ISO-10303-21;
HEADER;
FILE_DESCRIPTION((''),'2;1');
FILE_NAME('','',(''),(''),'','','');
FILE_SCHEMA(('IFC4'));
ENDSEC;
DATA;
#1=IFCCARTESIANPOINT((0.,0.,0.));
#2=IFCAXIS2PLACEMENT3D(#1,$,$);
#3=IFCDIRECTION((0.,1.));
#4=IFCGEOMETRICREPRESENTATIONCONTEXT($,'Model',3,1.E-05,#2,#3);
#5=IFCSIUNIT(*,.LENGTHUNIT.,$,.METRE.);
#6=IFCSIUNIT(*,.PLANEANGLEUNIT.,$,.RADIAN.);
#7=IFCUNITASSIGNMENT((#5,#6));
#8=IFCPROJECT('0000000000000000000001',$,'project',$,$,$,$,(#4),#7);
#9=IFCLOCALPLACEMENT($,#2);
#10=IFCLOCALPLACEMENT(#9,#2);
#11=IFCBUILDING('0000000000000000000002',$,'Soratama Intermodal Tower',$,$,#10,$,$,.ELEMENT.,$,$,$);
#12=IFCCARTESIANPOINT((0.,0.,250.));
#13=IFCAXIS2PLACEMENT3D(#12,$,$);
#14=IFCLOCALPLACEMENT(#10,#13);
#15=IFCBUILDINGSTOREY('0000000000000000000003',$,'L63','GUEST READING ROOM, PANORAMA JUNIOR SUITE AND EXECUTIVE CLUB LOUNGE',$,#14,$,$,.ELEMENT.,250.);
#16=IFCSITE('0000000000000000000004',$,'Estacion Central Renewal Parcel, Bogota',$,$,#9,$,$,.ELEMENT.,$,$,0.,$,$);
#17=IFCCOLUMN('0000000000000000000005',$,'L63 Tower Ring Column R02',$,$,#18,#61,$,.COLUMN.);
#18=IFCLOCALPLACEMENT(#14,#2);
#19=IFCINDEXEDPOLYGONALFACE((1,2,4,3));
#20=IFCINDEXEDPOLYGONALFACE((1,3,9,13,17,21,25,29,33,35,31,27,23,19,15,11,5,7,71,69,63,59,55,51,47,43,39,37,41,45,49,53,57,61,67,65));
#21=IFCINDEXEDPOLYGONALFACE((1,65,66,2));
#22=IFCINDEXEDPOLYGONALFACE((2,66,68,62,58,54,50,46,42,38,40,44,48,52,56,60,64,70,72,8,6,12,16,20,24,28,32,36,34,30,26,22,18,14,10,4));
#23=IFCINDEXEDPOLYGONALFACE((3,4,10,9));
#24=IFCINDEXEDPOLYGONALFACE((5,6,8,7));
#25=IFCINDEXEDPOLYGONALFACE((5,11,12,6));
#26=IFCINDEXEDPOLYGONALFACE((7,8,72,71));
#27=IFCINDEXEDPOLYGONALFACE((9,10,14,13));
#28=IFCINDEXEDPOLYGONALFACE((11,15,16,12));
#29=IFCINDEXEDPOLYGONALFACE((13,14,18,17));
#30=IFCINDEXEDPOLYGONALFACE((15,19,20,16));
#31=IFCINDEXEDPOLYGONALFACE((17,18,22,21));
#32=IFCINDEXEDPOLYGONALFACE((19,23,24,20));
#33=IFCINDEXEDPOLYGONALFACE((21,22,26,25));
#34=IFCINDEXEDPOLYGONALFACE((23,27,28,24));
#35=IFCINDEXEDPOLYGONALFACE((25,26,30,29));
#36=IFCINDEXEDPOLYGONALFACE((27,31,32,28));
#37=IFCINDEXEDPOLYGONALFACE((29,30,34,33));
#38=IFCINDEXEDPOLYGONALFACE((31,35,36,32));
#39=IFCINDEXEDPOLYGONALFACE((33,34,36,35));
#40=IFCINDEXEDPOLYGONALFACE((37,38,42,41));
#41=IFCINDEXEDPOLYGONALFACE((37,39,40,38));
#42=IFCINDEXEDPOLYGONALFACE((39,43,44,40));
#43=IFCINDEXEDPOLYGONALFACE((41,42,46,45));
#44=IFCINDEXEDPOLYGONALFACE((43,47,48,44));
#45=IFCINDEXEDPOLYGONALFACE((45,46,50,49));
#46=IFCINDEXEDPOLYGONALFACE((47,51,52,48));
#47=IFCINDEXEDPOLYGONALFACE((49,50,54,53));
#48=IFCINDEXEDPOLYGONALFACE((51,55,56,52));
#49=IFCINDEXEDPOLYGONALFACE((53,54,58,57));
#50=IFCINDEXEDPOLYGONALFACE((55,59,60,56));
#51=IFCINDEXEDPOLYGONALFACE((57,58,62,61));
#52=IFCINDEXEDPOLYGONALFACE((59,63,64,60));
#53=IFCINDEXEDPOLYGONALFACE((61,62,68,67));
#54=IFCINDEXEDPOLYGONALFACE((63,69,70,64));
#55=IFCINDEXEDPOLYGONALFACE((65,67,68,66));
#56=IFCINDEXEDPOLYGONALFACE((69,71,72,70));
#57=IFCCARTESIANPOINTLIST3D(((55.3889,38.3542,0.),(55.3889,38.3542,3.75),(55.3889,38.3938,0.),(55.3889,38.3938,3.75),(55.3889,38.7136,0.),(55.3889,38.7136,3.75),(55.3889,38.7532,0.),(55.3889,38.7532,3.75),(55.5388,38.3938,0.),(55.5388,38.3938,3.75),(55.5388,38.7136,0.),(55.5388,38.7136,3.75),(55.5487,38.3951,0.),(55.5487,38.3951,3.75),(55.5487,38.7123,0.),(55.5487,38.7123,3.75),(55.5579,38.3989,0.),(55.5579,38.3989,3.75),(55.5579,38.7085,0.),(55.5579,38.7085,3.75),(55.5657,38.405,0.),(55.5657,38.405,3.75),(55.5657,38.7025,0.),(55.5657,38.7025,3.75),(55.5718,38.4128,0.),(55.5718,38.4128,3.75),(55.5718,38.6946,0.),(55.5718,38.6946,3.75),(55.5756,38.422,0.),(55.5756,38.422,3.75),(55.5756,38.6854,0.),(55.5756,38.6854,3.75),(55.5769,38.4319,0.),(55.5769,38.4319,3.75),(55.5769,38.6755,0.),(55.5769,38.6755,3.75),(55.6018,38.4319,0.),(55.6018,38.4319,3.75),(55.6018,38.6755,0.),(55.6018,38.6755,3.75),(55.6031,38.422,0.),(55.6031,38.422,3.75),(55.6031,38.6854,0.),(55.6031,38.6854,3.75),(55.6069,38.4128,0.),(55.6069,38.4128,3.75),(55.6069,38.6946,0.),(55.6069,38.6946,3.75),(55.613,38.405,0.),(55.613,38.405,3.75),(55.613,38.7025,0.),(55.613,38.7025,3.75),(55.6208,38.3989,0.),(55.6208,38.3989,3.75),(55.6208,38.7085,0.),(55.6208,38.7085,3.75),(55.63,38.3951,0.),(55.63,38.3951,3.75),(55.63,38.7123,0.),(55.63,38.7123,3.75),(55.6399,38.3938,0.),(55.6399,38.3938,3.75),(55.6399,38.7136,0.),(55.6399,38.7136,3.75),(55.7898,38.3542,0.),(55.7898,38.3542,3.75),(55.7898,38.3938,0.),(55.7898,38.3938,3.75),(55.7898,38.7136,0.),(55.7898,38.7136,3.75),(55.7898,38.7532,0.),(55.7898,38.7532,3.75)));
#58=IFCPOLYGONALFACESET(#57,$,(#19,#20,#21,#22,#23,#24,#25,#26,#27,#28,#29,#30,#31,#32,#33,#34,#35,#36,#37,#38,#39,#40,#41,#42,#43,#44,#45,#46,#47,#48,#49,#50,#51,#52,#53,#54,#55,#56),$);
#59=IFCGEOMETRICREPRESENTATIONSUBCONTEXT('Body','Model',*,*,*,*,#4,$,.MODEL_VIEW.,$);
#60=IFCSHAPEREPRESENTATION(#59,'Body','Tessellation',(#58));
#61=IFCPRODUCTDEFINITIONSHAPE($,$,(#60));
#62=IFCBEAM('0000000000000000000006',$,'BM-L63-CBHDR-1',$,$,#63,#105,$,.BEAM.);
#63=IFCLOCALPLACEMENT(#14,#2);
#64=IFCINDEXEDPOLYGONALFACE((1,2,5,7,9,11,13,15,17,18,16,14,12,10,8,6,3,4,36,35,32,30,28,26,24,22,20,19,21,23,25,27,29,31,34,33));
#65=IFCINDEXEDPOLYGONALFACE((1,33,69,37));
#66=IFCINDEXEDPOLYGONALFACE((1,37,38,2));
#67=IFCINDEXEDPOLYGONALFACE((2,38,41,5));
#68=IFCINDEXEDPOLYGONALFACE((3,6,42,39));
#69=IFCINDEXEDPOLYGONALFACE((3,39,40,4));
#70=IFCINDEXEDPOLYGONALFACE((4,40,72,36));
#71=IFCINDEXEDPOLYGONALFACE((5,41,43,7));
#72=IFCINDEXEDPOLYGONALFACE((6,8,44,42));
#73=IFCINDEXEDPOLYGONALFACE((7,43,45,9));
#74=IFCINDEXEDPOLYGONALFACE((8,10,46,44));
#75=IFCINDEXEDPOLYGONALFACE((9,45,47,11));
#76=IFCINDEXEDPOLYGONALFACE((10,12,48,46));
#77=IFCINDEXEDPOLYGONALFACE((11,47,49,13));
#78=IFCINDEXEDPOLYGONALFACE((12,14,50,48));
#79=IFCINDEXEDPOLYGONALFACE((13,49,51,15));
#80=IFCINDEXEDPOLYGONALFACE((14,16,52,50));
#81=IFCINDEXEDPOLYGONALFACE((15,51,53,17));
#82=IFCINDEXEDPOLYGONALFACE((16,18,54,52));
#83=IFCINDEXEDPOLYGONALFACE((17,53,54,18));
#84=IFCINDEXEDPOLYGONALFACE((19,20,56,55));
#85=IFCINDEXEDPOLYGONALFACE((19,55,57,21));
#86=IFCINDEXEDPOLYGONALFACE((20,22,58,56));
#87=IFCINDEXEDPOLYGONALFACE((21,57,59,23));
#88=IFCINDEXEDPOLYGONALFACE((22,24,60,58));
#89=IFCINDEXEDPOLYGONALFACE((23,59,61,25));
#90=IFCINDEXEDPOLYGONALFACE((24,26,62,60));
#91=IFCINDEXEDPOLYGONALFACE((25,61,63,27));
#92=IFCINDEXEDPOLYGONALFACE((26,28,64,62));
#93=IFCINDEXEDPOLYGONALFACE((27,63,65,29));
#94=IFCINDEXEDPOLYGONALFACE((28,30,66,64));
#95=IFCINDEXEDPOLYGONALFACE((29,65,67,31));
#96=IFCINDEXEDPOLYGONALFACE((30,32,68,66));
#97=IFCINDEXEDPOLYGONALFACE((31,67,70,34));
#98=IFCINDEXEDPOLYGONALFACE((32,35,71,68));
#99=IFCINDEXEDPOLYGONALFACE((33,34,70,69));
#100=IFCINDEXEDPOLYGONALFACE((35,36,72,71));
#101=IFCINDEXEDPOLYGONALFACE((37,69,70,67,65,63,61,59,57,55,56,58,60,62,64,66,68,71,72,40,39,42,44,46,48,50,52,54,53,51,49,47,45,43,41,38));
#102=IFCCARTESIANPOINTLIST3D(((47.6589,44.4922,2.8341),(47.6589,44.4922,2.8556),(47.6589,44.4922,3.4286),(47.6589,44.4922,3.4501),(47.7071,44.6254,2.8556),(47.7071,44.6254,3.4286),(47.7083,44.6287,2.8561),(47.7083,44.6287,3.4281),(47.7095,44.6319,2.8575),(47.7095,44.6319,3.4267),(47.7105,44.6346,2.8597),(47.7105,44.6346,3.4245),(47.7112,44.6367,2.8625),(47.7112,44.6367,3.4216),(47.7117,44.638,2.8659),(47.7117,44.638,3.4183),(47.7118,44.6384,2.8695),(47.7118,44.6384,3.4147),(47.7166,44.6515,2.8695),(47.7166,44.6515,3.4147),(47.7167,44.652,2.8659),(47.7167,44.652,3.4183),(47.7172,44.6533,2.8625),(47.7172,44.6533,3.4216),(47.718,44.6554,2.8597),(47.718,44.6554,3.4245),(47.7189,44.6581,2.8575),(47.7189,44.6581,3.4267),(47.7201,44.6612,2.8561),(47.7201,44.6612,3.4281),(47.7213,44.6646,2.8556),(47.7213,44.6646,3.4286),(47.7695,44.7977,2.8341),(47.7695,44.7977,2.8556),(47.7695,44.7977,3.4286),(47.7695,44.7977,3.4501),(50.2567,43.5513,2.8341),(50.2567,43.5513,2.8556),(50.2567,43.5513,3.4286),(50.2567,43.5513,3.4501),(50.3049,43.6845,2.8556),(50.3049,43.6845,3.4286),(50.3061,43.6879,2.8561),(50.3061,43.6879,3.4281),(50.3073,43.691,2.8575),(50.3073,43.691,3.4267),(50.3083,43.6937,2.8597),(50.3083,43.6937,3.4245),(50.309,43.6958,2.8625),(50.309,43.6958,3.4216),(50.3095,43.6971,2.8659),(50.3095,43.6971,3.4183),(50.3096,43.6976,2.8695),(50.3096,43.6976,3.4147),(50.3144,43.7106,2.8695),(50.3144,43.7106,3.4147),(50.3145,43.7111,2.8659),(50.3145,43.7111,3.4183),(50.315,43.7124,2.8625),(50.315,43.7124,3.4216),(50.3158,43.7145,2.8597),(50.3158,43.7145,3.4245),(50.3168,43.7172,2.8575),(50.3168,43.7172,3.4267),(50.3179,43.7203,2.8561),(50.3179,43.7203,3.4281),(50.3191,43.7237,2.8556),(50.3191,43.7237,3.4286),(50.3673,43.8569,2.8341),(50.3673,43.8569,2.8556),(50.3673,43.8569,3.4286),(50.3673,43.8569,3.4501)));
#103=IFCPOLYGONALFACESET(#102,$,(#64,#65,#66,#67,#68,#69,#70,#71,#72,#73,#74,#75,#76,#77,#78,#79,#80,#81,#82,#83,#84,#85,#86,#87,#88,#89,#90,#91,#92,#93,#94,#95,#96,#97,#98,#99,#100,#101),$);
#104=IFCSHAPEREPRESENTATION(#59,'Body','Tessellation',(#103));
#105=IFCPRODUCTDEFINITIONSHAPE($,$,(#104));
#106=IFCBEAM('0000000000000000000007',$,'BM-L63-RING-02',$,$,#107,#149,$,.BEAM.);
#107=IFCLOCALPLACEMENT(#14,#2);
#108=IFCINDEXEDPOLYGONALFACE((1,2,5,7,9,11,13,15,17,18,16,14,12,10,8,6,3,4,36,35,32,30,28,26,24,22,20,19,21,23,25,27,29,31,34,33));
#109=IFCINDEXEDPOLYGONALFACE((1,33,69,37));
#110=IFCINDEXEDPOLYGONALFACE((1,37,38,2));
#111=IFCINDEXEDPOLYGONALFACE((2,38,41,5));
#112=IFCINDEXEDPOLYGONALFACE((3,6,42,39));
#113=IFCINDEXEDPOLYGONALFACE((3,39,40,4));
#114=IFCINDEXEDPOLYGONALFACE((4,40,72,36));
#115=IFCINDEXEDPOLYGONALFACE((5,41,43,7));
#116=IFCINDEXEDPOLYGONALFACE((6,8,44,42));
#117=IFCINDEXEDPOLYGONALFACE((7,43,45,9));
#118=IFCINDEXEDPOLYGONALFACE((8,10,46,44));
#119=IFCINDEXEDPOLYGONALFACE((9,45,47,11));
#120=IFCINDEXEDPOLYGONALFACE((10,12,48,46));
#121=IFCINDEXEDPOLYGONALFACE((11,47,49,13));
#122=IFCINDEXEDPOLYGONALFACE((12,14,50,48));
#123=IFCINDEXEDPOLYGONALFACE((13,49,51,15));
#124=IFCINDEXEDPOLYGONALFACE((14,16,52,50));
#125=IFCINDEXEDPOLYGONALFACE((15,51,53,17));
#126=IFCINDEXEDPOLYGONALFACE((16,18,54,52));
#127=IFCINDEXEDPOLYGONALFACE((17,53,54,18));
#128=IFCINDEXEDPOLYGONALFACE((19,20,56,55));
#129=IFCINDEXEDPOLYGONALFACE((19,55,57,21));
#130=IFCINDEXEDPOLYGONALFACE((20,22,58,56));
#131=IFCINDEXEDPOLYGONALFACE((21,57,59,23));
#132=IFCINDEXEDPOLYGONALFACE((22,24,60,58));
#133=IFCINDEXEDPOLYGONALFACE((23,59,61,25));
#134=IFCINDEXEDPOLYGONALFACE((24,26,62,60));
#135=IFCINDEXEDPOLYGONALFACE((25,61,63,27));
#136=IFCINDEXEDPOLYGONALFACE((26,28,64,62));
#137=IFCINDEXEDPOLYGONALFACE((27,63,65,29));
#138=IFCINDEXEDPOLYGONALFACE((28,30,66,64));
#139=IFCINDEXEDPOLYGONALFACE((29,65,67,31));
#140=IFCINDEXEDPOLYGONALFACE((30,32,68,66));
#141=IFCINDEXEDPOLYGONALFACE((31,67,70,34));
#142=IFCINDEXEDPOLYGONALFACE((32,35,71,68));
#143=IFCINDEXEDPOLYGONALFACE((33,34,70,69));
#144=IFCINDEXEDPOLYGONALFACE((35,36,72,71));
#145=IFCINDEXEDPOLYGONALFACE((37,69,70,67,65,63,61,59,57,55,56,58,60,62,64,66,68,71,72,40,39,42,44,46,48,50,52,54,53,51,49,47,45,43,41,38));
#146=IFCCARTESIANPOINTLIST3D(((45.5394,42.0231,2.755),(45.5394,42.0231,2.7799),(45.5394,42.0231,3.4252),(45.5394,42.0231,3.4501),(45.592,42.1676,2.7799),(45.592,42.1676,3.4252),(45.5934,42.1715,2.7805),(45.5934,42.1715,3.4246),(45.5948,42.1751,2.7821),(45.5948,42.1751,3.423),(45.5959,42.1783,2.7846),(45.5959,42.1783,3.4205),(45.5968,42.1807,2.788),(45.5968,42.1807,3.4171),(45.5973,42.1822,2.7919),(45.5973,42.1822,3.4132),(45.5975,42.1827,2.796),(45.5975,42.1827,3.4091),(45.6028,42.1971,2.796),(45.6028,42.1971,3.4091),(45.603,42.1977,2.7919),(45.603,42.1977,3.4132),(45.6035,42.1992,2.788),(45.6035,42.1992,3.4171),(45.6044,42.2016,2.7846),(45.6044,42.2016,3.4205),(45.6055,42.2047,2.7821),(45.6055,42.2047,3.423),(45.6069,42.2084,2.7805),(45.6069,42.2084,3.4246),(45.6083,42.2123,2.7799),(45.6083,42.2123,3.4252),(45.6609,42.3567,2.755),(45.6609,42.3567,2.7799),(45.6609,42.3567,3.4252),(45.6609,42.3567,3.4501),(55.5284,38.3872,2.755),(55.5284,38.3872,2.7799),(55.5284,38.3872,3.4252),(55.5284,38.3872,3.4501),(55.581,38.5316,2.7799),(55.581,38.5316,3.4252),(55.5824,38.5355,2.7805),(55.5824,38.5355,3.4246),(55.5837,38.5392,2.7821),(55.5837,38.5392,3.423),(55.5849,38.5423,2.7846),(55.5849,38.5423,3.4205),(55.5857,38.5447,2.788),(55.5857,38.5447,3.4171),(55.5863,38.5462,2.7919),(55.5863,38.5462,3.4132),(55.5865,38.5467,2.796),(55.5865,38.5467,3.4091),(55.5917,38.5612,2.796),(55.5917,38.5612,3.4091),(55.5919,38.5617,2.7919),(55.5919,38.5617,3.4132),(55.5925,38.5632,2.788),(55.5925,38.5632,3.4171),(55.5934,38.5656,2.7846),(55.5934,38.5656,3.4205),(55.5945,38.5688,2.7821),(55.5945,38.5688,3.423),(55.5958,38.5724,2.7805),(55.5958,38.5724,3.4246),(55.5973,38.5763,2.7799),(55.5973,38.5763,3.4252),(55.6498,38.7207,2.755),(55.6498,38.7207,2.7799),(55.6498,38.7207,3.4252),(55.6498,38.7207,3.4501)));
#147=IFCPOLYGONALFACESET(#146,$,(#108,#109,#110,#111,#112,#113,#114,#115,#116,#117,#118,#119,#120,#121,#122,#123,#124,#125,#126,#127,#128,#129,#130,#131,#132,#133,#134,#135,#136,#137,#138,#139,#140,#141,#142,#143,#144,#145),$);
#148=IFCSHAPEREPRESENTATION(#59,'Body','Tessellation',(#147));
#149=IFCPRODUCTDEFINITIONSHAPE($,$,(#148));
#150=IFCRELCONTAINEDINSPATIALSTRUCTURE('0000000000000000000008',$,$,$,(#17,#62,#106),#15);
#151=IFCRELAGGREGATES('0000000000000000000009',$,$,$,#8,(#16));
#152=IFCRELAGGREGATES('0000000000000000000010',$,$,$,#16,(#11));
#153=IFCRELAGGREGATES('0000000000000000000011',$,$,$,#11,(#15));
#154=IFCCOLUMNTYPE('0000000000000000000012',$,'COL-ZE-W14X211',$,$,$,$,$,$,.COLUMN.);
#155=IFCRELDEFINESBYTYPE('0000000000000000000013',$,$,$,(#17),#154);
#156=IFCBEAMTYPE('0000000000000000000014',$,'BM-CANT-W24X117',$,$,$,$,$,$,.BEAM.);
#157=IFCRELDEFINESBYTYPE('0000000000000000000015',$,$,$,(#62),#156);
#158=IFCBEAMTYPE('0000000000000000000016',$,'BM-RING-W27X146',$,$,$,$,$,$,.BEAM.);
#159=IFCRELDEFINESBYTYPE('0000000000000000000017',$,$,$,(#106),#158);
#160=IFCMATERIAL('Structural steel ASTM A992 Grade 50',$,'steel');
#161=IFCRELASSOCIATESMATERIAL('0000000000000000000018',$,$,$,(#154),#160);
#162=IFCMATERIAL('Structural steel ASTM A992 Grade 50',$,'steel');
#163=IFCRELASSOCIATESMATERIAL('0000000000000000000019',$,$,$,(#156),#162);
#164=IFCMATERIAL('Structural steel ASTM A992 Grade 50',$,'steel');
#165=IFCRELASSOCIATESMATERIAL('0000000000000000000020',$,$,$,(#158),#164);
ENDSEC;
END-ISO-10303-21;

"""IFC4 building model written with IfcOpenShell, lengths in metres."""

from ifc_helpers import new_model, si_unit, direction, frame, origin, origin_2d, place, context, subcontext, project, spatial, i_section, extrude, material, material_profile, profile_set, type_object, element, save


model = new_model("IFC4")

# Units and contexts
model_context = context("Model", 3, precision=1e-05, world=origin(), true_north=direction((0.0, 1.0)))
body_context = subcontext(model_context, "Body", "Model", "MODEL_VIEW")
ifc_project = project(units=[si_unit("LENGTHUNIT", "METRE"), si_unit("PLANEANGLEUNIT", "RADIAN")], contexts=[model_context])

# Site, building, storey
site_placement = place(None, origin())
site = spatial("IfcSite", under=ifc_project, at=site_placement, Name="Estacion Central Renewal Parcel, Bogota", CompositionType="ELEMENT", RefElevation=0.0)
building_placement = place(site_placement, origin())
building = spatial("IfcBuilding", under=site, at=building_placement, Name="Soratama Intermodal Tower", CompositionType="ELEMENT")
storey_placement = place(building_placement, frame((0.0, 0.0, 250.0)))
storey = spatial("IfcBuildingStorey", under=building, at=storey_placement, Name="L63", Description="GUEST READING ROOM, PANORAMA JUNIOR SUITE AND EXECUTIVE CLUB LOUNGE", CompositionType="ELEMENT", Elevation=250.0)

# Column
ifc_material_1 = material(Name="Structural steel ASTM A992 Grade 50", Category="steel")
ifc_material_profile_1 = material_profile(ifc_material_1, i_section(OverallWidth=0.4009, OverallDepth=0.3989, WebThickness=0.0249, FlangeThickness=0.0396, FilletRadius=0.0381, at=origin_2d()), Name="W14X211")
ifc_profile_set_1 = profile_set([ifc_material_profile_1], Name="Structural steel ASTM A992 Grade 50")
column_type = type_object("IfcColumnType", Name="COL-ZE-W14X211", PredefinedType="COLUMN", material=ifc_profile_set_1)
column_placement = place(storey_placement, frame((55.5894, 38.5537, 0.0), z_axis=(0.0, 0.0, 1.0), x_axis=(1.0, 0.0, 0.0)))
element("IfcColumn", 1, at=column_placement, inside=storey, type_object=column_type, Name="L63 Tower Ring Column R02", PredefinedType="COLUMN", context=body_context, shape_type="SweptSolid", body=[
    extrude(i_section(OverallWidth=0.4009, OverallDepth=0.3989, WebThickness=0.0249, FlangeThickness=0.0396, FilletRadius=0.0381, at=origin_2d()), origin(), (0.0, 0.0, 1.0), 3.75),
])

# Beams
ifc_material_2 = material(Name="Structural steel ASTM A992 Grade 50", Category="steel")
ifc_material_profile_2 = material_profile(ifc_material_2, i_section(OverallWidth=0.325, OverallDepth=0.616, WebThickness=0.0139, FlangeThickness=0.0215, FilletRadius=0.0139, at=origin_2d()), Name="W24X117")
ifc_profile_set_2 = profile_set([ifc_material_profile_2], Name="Structural steel ASTM A992 Grade 50")
beam_type_1 = type_object("IfcBeamType", Name="BM-CANT-W24X117", PredefinedType="BEAM", material=ifc_profile_set_2)
beam_1_placement = place(storey_placement, frame((50.312, 43.7041, 3.1421), z_axis=(-0.940231, 0.340537, 0.0), x_axis=(-0.340537, -0.940231, 0.0)))
element("IfcBeam", 2, at=beam_1_placement, inside=storey, type_object=beam_type_1, Name="BM-L63-CBHDR-1", PredefinedType="BEAM", context=body_context, shape_type="SweptSolid", body=[
    extrude(i_section(OverallWidth=0.325, OverallDepth=0.616, WebThickness=0.0139, FlangeThickness=0.0215, FilletRadius=0.0139, at=origin_2d()), origin(), (0.0, 0.0, 1.0), 2.7629),
])
ifc_material_3 = material(Name="Structural steel ASTM A992 Grade 50", Category="steel")
ifc_material_profile_3 = material_profile(ifc_material_3, i_section(OverallWidth=0.355, OverallDepth=0.6951, WebThickness=0.0154, FlangeThickness=0.0249, FilletRadius=0.0161, at=origin_2d()), Name="W27X146")
ifc_profile_set_3 = profile_set([ifc_material_profile_3], Name="Structural steel ASTM A992 Grade 50")
beam_type_2 = type_object("IfcBeamType", Name="BM-RING-W27X146", PredefinedType="BEAM", material=ifc_profile_set_3)
beam_2_placement = place(storey_placement, frame((55.5891, 38.554, 3.1025), z_axis=(-0.939684, 0.342044, 0.0), x_axis=(-0.342044, -0.939684, 0.0)))
element("IfcBeam", 3, at=beam_2_placement, inside=storey, type_object=beam_type_2, Name="BM-L63-RING-02", PredefinedType="BEAM", context=body_context, shape_type="SweptSolid", body=[
    extrude(i_section(OverallWidth=0.355, OverallDepth=0.6951, WebThickness=0.0154, FlangeThickness=0.0249, FilletRadius=0.0161, at=origin_2d()), origin(), (0.0, 0.0, 1.0), 10.6301),
])

save(model, "model.ifc")
